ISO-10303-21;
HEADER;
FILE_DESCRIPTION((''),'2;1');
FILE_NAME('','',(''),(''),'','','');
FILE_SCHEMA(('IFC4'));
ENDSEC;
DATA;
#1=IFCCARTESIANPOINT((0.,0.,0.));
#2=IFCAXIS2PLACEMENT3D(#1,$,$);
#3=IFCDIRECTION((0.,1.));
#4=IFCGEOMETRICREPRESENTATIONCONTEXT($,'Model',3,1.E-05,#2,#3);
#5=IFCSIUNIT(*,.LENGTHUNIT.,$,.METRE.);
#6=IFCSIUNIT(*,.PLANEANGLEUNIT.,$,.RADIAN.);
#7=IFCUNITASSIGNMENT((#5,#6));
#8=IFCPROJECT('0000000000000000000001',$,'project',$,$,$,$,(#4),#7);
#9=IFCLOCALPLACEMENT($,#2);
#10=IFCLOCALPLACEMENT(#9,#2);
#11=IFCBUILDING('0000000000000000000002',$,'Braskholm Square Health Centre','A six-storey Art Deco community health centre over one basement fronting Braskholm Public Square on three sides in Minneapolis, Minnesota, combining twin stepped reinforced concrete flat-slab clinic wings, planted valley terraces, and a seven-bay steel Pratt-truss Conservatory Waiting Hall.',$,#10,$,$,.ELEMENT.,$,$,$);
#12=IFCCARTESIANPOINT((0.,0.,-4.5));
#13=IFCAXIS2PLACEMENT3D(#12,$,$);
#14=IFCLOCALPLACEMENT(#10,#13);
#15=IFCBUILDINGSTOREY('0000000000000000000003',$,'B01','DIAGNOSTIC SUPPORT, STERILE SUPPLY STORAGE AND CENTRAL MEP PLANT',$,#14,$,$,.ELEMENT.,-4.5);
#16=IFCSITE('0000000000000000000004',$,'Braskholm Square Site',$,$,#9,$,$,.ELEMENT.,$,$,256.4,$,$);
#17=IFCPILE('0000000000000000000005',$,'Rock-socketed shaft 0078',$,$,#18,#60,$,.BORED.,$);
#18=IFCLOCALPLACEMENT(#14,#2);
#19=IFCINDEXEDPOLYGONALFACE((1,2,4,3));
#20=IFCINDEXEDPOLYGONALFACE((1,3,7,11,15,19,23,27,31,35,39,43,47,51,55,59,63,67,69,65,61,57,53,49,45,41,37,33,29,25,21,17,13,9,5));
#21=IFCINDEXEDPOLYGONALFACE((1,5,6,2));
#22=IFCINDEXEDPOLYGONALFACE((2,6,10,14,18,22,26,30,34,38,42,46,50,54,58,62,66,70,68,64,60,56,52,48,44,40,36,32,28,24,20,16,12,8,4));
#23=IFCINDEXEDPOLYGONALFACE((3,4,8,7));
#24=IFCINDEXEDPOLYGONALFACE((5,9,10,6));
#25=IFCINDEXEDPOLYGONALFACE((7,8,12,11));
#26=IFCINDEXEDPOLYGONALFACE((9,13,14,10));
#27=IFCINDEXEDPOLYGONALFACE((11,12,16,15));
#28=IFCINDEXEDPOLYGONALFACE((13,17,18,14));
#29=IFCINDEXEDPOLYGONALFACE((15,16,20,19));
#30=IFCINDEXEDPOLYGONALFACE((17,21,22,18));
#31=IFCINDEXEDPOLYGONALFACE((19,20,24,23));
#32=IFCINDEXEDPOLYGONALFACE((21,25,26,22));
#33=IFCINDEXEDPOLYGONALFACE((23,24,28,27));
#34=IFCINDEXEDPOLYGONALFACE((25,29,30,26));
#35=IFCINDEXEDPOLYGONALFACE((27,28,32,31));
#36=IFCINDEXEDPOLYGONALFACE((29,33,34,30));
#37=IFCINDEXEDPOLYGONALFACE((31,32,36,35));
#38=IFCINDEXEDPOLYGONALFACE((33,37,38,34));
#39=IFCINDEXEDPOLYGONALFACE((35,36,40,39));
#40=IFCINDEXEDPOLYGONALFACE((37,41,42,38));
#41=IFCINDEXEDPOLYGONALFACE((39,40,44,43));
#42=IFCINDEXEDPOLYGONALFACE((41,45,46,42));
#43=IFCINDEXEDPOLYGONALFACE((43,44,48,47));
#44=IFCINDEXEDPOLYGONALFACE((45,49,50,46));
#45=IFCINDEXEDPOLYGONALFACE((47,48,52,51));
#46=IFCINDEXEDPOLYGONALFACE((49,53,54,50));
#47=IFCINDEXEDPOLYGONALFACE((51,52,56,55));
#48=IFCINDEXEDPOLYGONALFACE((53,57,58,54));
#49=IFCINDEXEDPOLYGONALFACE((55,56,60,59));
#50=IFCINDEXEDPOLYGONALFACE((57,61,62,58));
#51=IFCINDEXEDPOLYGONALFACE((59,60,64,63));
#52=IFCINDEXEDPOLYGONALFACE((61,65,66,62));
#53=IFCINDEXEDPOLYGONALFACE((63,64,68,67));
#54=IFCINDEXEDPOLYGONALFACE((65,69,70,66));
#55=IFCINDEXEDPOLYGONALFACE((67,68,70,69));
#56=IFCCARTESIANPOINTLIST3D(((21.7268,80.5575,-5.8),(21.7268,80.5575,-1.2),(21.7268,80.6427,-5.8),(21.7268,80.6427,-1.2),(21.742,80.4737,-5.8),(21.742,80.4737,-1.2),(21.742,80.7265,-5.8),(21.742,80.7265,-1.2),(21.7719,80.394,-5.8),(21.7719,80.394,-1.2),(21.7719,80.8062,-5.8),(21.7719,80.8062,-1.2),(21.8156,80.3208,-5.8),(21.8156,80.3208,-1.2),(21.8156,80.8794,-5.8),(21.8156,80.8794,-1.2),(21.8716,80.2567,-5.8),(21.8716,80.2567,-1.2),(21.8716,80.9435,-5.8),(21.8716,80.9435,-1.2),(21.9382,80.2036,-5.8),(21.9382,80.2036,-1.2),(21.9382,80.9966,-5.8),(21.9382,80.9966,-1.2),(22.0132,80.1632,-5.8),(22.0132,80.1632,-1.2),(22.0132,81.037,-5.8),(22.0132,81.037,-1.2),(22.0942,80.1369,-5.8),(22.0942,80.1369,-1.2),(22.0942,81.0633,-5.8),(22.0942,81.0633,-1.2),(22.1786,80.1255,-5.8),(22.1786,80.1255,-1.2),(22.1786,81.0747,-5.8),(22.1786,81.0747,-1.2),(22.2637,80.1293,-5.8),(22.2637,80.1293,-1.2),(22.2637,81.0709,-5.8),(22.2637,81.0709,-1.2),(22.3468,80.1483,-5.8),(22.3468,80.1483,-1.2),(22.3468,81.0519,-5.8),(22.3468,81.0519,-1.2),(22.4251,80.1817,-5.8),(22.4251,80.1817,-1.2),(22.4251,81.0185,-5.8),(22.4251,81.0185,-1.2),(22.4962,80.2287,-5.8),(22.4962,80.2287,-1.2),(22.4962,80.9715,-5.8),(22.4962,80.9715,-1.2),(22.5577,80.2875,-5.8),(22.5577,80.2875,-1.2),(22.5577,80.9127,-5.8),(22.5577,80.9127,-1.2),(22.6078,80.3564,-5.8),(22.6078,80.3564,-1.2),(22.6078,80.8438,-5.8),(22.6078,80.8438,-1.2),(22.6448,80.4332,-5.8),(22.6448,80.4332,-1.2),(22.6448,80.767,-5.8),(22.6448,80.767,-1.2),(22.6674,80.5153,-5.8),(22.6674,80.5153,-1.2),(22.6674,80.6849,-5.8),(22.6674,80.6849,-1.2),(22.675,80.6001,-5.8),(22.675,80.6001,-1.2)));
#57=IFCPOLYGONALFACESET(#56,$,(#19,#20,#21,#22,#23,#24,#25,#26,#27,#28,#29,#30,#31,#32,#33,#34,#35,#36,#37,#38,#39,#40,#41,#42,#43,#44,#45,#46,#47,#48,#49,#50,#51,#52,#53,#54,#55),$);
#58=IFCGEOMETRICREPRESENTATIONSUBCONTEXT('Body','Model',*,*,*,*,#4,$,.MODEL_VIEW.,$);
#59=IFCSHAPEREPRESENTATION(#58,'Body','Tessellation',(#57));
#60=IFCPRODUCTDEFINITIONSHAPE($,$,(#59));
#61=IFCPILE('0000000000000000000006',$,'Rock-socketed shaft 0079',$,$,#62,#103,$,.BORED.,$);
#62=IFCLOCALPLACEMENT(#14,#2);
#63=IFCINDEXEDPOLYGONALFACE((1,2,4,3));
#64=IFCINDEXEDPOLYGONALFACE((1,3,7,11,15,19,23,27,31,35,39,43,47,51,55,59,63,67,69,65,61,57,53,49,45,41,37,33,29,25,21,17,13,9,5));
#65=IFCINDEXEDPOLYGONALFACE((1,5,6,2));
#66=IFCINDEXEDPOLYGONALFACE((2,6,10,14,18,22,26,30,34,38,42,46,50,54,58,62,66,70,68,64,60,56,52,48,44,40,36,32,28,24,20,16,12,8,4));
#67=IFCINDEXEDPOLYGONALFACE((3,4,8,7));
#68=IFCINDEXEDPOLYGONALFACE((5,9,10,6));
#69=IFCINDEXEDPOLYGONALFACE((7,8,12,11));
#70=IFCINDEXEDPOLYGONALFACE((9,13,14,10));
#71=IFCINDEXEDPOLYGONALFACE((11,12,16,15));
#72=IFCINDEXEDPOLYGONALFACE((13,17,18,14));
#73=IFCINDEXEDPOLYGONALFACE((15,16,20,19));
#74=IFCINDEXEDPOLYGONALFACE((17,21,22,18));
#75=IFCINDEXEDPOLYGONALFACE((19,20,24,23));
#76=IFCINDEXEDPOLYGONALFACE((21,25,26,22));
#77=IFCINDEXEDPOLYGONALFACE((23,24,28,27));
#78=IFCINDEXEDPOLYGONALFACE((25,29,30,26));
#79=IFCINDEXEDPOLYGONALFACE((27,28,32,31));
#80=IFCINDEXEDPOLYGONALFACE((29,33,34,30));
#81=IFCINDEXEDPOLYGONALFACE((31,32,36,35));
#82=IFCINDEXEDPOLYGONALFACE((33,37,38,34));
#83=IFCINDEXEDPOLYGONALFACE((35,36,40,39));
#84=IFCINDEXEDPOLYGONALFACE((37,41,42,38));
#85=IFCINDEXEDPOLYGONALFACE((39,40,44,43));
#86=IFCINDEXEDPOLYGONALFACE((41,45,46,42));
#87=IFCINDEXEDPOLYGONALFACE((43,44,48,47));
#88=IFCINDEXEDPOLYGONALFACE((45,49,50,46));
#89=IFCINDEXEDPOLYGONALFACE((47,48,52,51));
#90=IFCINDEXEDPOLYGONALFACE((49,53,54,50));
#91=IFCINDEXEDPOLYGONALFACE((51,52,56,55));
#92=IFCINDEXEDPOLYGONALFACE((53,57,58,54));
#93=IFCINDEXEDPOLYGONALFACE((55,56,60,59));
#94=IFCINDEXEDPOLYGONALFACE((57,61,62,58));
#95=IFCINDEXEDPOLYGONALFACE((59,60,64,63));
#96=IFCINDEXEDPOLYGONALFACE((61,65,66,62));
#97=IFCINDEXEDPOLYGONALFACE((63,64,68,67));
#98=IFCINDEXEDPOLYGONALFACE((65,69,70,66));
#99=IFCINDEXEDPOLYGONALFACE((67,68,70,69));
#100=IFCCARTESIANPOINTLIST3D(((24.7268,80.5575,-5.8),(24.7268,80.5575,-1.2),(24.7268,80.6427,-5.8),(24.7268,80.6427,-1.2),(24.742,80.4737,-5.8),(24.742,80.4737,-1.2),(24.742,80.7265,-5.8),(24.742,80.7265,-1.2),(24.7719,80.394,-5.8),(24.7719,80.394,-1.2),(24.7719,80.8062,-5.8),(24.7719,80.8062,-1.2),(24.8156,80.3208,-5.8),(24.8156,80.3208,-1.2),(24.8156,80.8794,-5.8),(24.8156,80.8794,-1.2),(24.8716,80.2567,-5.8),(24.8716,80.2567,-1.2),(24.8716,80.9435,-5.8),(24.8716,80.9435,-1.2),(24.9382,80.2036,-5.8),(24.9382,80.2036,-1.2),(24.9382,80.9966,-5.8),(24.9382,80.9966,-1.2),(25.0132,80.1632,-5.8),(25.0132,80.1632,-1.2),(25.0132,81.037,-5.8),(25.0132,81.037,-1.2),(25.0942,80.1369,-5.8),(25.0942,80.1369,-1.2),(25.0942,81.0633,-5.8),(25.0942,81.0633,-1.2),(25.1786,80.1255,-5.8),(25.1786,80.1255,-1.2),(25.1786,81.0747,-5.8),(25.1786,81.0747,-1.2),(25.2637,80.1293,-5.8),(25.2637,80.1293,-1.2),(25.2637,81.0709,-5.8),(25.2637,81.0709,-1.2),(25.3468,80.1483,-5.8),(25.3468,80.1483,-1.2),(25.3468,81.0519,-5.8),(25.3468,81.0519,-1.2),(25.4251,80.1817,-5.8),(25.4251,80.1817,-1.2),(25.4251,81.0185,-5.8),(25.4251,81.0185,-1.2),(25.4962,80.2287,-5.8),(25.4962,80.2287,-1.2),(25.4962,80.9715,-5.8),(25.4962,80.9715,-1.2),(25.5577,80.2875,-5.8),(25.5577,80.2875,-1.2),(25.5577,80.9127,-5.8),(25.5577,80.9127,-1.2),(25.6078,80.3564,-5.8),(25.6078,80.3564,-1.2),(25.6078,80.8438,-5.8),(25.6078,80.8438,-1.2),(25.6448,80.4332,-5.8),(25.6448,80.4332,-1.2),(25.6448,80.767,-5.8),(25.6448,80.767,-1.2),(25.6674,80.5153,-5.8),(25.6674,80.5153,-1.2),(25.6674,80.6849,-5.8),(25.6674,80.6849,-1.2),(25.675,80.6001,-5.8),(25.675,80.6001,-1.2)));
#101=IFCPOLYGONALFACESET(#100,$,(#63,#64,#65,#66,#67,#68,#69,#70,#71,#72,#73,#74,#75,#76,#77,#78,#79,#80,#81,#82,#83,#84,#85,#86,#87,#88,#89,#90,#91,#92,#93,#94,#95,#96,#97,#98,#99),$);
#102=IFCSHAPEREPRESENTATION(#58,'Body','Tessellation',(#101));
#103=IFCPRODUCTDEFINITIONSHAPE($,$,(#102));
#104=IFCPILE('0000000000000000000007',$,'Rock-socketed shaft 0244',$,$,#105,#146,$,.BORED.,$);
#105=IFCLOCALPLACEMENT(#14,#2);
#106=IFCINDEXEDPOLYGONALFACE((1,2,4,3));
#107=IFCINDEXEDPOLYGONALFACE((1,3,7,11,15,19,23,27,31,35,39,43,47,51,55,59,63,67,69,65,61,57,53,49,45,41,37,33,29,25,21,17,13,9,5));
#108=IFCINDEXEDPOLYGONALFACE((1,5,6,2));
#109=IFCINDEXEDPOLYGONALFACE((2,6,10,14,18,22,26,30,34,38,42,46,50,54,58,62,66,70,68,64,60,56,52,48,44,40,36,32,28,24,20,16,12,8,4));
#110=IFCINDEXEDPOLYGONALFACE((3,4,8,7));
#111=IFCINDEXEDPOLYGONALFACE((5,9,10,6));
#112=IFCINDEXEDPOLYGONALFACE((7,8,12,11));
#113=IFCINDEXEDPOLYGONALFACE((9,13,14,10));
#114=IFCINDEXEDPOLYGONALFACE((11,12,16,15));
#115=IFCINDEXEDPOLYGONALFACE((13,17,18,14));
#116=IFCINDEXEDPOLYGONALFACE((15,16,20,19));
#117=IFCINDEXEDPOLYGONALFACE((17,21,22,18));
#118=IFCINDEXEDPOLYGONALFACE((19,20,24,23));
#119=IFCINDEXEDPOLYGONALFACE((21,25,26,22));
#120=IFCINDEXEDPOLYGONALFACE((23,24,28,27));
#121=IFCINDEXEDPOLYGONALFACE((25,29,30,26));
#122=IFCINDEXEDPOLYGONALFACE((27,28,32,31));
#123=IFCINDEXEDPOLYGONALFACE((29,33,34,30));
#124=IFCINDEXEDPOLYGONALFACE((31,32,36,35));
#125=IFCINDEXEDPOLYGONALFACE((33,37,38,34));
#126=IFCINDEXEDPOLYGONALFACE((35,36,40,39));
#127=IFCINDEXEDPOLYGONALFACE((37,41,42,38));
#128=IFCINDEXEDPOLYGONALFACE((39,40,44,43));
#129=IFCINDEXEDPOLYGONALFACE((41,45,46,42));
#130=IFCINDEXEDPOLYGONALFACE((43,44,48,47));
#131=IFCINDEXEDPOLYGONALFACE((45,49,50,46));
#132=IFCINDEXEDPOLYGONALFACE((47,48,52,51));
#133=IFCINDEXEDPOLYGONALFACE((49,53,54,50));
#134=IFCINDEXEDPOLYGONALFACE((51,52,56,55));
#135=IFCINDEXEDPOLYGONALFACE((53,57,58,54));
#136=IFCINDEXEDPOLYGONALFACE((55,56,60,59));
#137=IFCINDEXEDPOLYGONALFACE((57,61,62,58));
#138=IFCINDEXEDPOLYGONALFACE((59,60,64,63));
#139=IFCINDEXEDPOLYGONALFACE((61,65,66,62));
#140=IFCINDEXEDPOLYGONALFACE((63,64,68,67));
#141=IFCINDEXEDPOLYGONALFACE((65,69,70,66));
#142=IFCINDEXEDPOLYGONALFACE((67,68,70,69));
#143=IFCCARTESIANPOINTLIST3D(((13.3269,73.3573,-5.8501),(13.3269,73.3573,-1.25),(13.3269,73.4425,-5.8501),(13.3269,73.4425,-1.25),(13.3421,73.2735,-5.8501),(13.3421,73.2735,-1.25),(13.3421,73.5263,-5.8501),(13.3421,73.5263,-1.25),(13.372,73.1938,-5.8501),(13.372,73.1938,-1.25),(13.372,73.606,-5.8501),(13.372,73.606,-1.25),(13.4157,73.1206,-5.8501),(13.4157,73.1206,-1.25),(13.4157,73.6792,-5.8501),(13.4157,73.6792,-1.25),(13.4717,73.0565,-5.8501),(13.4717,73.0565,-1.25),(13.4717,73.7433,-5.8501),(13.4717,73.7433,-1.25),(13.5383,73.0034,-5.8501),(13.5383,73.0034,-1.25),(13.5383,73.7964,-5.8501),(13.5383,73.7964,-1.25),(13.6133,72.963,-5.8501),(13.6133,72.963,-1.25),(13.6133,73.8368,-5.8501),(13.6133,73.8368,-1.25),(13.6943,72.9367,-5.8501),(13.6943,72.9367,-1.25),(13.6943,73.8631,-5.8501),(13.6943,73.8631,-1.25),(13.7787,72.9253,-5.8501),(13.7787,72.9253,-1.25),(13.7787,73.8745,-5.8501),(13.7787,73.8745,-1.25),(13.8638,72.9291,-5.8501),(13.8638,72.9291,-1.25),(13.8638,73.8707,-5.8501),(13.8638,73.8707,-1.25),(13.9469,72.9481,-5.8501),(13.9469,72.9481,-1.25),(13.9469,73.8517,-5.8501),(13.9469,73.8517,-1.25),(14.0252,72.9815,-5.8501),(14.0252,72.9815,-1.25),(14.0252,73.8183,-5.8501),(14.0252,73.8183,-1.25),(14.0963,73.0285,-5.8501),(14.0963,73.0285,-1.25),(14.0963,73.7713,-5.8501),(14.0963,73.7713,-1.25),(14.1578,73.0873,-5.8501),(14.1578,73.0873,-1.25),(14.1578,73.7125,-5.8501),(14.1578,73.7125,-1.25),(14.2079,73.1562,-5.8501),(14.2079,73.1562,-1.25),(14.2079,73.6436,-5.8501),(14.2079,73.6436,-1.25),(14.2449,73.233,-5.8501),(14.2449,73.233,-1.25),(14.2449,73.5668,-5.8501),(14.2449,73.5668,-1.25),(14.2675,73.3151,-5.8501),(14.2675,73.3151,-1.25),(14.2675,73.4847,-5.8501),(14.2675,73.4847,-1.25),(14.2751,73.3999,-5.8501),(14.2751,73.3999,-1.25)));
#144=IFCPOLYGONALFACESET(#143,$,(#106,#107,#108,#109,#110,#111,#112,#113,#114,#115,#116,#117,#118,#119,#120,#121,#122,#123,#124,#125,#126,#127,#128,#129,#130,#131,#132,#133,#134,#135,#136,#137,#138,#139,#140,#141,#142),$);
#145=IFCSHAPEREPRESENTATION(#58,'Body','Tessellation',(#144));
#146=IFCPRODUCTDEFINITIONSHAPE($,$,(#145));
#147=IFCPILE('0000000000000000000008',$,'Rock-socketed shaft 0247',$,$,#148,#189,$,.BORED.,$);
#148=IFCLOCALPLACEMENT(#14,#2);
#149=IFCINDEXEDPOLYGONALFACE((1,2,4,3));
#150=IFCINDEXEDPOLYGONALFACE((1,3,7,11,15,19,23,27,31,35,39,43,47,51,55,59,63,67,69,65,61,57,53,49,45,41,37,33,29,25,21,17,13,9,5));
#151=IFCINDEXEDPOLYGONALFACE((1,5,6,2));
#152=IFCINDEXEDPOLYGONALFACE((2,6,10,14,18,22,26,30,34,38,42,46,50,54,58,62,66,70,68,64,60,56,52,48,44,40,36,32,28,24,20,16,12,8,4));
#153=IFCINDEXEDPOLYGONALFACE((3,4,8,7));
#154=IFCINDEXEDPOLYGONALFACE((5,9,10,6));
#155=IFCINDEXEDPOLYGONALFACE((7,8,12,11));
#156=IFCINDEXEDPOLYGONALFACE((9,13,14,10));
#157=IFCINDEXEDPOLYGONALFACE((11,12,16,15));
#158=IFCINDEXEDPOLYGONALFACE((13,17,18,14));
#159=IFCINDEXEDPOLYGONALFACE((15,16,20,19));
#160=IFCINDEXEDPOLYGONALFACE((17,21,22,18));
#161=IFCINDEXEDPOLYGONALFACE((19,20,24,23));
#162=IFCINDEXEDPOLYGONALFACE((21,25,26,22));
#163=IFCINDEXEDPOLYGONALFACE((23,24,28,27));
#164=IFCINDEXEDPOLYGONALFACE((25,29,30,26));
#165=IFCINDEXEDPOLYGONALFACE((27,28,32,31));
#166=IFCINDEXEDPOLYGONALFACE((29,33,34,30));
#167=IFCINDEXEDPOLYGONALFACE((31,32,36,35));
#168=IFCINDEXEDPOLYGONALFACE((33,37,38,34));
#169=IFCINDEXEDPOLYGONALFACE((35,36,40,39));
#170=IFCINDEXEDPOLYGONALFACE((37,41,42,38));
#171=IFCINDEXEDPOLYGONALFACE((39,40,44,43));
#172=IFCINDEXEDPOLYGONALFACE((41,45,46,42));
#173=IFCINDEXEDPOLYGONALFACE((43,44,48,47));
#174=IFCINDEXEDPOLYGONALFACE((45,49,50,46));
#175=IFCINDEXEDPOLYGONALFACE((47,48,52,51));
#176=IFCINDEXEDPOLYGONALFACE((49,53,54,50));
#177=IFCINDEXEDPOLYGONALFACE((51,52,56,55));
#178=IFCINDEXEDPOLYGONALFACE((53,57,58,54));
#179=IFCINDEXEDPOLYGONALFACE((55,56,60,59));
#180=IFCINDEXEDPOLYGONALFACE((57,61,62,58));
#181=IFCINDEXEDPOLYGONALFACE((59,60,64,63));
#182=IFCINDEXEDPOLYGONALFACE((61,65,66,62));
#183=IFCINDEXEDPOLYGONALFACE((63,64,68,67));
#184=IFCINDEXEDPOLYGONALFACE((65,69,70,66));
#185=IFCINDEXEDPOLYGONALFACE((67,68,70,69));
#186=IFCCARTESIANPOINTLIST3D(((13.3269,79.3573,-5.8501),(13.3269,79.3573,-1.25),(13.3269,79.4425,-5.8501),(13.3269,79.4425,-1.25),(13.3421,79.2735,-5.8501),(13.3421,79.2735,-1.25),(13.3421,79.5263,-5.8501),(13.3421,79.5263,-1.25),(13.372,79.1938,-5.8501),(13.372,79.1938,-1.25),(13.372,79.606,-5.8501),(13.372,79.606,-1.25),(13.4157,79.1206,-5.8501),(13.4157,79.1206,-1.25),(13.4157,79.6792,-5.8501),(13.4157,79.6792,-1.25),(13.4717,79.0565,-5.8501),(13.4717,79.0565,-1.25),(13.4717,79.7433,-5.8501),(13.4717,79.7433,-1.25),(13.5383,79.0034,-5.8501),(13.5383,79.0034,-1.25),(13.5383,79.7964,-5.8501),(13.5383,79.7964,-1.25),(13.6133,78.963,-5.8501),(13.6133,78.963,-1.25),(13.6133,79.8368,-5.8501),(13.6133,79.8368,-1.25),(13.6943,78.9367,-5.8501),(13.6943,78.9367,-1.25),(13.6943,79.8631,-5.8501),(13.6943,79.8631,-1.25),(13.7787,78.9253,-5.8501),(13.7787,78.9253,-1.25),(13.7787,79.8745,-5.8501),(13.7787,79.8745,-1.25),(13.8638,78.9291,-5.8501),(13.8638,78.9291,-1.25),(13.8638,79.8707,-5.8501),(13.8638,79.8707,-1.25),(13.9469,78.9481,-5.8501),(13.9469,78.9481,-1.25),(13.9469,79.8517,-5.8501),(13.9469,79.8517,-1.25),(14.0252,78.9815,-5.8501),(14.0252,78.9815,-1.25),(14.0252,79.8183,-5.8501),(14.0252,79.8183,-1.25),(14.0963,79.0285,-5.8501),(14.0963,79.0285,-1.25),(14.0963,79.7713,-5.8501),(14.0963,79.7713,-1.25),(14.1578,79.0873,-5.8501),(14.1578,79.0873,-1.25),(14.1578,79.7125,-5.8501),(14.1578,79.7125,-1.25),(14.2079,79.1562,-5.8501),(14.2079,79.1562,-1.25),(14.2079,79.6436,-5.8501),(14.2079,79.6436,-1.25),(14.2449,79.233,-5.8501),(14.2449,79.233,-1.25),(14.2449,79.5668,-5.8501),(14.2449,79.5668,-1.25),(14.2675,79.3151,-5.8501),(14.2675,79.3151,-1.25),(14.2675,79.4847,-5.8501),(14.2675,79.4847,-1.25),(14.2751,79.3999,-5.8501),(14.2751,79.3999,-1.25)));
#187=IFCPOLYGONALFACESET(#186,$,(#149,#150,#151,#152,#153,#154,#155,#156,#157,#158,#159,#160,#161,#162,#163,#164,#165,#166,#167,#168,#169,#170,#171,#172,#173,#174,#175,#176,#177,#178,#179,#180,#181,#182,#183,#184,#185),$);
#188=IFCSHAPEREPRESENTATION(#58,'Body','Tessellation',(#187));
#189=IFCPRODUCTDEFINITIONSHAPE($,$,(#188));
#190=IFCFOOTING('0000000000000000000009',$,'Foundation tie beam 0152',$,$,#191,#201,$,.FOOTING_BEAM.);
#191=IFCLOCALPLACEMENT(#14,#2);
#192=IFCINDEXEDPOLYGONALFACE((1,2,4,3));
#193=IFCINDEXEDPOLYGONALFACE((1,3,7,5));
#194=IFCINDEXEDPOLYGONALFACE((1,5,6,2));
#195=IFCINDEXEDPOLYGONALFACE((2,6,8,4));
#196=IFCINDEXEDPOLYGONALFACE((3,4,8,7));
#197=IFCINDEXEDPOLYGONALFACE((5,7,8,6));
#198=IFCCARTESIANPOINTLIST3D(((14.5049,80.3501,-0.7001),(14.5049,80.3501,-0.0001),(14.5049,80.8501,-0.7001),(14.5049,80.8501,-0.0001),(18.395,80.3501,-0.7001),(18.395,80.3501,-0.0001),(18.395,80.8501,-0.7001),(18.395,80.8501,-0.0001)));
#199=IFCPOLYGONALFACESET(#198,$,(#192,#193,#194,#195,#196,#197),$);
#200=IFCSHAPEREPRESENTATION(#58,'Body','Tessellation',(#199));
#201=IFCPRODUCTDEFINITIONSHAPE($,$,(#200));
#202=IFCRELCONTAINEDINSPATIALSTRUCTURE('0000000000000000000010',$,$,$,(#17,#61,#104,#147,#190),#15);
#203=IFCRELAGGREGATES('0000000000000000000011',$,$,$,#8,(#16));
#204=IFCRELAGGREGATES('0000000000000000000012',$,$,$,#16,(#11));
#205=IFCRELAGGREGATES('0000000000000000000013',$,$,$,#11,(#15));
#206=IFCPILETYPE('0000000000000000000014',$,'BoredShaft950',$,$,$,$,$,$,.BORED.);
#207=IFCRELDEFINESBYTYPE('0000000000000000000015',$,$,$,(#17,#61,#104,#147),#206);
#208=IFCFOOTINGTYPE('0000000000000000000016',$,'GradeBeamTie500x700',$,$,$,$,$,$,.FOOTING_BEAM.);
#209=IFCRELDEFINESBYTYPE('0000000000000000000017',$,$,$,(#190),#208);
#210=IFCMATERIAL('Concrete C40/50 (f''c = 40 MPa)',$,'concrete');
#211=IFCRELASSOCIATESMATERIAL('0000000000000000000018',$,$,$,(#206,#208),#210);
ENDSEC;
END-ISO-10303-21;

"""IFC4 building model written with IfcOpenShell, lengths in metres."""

from ifc_helpers import new_model, si_unit, direction, frame, origin, origin_2d, place, context, subcontext, project, spatial, rectangle, circle, extrude, material, material_profile, profile_set, type_object, element, save


model = new_model("IFC4")

# Units and contexts
model_context = context("Model", 3, precision=1e-05, world=origin(), true_north=direction((0.0, 1.0)))
body_context = subcontext(model_context, "Body", "Model", "MODEL_VIEW")
ifc_project = project(units=[si_unit("LENGTHUNIT", "METRE"), si_unit("PLANEANGLEUNIT", "RADIAN")], contexts=[model_context])

# Site, building, storey
site_placement = place(None, origin())
site = spatial("IfcSite", under=ifc_project, at=site_placement, Name="Braskholm Square Site", CompositionType="ELEMENT", RefElevation=256.4)
building_placement = place(site_placement, origin())
building = spatial("IfcBuilding", under=site, at=building_placement, Name="Braskholm Square Health Centre", Description="A six-storey Art Deco community health centre over one basement fronting Braskholm Public Square on three sides in Minneapolis, Minnesota, combining twin stepped reinforced concrete flat-slab clinic wings, planted valley terraces, and a seven-bay steel Pratt-truss Conservatory Waiting Hall.", CompositionType="ELEMENT")
storey_placement = place(building_placement, frame((0.0, 0.0, -4.5)))
storey = spatial("IfcBuildingStorey", under=building, at=storey_placement, Name="B01", Description="DIAGNOSTIC SUPPORT, STERILE SUPPLY STORAGE AND CENTRAL MEP PLANT", CompositionType="ELEMENT", Elevation=-4.5)

# Piles
ifc_material_1 = material(Name="Concrete C40/50 (f'c = 40 MPa)", Category="concrete")
ifc_material_profile_1 = material_profile(ifc_material_1, circle(Radius=0.4751, at=origin_2d()), Name="BORED-PILE-950")
ifc_profile_set_1 = profile_set([ifc_material_profile_1], Name="Concrete C40/50 (f'c = 40 MPa)")
pile_type = type_object("IfcPileType", Name="BoredShaft950", PredefinedType="BORED", material=ifc_profile_set_1)
for number, where, z_axis, x_axis, name in (
    (1, (22.2, 80.6001, -1.2), (0.0, 0.0, -1.0), (1.0, 0.0, 0.0), "Rock-socketed shaft 0078"),
    (2, (25.2, 80.6001, -1.2), (0.0, 0.0, -1.0), (1.0, 0.0, 0.0), "Rock-socketed shaft 0079"),
    (3, (13.8, 73.3999, -1.25), (0.0, 0.0, -1.0), (1.0, 0.0, 0.0), "Rock-socketed shaft 0244"),
    (4, (13.8, 79.3999, -1.25), (0.0, 0.0, -1.0), (1.0, 0.0, 0.0), "Rock-socketed shaft 0247"),
):
    element("IfcPile", number, at=place(storey_placement, frame(where, z_axis=z_axis, x_axis=x_axis)), inside=storey, type_object=pile_type, Name=name, PredefinedType="BORED", context=body_context, shape_type="SweptSolid", body=[
        extrude(circle(Radius=0.4751, at=origin_2d()), origin(), (0.0, 0.0, 1.0), 4.6001),
    ])

# Footing
ifc_material_profile_2 = material_profile(ifc_material_1, rectangle(XDim=0.5, YDim=0.7, at=origin_2d()), Name="FTG-500X700")
ifc_profile_set_2 = profile_set([ifc_material_profile_2], Name="Concrete C40/50 (f'c = 40 MPa)")
footing_type_1 = type_object("IfcFootingType", Name="GradeBeamTie500x700", PredefinedType="FOOTING_BEAM", material=ifc_profile_set_2)
footing_1_placement = place(storey_placement, frame((14.5049, 80.6001, -0.3501), z_axis=(1.0, 0.0, 0.0), x_axis=(0.0, 1.0, 0.0)))
element("IfcFooting", 5, at=footing_1_placement, inside=storey, type_object=footing_type_1, Name="Foundation tie beam 0152", PredefinedType="FOOTING_BEAM", context=body_context, shape_type="SweptSolid", body=[
    extrude(rectangle(XDim=0.5, YDim=0.7, at=origin_2d()), origin(), (0.0, 0.0, 1.0), 3.8901),
])

save(model, "model.ifc")
